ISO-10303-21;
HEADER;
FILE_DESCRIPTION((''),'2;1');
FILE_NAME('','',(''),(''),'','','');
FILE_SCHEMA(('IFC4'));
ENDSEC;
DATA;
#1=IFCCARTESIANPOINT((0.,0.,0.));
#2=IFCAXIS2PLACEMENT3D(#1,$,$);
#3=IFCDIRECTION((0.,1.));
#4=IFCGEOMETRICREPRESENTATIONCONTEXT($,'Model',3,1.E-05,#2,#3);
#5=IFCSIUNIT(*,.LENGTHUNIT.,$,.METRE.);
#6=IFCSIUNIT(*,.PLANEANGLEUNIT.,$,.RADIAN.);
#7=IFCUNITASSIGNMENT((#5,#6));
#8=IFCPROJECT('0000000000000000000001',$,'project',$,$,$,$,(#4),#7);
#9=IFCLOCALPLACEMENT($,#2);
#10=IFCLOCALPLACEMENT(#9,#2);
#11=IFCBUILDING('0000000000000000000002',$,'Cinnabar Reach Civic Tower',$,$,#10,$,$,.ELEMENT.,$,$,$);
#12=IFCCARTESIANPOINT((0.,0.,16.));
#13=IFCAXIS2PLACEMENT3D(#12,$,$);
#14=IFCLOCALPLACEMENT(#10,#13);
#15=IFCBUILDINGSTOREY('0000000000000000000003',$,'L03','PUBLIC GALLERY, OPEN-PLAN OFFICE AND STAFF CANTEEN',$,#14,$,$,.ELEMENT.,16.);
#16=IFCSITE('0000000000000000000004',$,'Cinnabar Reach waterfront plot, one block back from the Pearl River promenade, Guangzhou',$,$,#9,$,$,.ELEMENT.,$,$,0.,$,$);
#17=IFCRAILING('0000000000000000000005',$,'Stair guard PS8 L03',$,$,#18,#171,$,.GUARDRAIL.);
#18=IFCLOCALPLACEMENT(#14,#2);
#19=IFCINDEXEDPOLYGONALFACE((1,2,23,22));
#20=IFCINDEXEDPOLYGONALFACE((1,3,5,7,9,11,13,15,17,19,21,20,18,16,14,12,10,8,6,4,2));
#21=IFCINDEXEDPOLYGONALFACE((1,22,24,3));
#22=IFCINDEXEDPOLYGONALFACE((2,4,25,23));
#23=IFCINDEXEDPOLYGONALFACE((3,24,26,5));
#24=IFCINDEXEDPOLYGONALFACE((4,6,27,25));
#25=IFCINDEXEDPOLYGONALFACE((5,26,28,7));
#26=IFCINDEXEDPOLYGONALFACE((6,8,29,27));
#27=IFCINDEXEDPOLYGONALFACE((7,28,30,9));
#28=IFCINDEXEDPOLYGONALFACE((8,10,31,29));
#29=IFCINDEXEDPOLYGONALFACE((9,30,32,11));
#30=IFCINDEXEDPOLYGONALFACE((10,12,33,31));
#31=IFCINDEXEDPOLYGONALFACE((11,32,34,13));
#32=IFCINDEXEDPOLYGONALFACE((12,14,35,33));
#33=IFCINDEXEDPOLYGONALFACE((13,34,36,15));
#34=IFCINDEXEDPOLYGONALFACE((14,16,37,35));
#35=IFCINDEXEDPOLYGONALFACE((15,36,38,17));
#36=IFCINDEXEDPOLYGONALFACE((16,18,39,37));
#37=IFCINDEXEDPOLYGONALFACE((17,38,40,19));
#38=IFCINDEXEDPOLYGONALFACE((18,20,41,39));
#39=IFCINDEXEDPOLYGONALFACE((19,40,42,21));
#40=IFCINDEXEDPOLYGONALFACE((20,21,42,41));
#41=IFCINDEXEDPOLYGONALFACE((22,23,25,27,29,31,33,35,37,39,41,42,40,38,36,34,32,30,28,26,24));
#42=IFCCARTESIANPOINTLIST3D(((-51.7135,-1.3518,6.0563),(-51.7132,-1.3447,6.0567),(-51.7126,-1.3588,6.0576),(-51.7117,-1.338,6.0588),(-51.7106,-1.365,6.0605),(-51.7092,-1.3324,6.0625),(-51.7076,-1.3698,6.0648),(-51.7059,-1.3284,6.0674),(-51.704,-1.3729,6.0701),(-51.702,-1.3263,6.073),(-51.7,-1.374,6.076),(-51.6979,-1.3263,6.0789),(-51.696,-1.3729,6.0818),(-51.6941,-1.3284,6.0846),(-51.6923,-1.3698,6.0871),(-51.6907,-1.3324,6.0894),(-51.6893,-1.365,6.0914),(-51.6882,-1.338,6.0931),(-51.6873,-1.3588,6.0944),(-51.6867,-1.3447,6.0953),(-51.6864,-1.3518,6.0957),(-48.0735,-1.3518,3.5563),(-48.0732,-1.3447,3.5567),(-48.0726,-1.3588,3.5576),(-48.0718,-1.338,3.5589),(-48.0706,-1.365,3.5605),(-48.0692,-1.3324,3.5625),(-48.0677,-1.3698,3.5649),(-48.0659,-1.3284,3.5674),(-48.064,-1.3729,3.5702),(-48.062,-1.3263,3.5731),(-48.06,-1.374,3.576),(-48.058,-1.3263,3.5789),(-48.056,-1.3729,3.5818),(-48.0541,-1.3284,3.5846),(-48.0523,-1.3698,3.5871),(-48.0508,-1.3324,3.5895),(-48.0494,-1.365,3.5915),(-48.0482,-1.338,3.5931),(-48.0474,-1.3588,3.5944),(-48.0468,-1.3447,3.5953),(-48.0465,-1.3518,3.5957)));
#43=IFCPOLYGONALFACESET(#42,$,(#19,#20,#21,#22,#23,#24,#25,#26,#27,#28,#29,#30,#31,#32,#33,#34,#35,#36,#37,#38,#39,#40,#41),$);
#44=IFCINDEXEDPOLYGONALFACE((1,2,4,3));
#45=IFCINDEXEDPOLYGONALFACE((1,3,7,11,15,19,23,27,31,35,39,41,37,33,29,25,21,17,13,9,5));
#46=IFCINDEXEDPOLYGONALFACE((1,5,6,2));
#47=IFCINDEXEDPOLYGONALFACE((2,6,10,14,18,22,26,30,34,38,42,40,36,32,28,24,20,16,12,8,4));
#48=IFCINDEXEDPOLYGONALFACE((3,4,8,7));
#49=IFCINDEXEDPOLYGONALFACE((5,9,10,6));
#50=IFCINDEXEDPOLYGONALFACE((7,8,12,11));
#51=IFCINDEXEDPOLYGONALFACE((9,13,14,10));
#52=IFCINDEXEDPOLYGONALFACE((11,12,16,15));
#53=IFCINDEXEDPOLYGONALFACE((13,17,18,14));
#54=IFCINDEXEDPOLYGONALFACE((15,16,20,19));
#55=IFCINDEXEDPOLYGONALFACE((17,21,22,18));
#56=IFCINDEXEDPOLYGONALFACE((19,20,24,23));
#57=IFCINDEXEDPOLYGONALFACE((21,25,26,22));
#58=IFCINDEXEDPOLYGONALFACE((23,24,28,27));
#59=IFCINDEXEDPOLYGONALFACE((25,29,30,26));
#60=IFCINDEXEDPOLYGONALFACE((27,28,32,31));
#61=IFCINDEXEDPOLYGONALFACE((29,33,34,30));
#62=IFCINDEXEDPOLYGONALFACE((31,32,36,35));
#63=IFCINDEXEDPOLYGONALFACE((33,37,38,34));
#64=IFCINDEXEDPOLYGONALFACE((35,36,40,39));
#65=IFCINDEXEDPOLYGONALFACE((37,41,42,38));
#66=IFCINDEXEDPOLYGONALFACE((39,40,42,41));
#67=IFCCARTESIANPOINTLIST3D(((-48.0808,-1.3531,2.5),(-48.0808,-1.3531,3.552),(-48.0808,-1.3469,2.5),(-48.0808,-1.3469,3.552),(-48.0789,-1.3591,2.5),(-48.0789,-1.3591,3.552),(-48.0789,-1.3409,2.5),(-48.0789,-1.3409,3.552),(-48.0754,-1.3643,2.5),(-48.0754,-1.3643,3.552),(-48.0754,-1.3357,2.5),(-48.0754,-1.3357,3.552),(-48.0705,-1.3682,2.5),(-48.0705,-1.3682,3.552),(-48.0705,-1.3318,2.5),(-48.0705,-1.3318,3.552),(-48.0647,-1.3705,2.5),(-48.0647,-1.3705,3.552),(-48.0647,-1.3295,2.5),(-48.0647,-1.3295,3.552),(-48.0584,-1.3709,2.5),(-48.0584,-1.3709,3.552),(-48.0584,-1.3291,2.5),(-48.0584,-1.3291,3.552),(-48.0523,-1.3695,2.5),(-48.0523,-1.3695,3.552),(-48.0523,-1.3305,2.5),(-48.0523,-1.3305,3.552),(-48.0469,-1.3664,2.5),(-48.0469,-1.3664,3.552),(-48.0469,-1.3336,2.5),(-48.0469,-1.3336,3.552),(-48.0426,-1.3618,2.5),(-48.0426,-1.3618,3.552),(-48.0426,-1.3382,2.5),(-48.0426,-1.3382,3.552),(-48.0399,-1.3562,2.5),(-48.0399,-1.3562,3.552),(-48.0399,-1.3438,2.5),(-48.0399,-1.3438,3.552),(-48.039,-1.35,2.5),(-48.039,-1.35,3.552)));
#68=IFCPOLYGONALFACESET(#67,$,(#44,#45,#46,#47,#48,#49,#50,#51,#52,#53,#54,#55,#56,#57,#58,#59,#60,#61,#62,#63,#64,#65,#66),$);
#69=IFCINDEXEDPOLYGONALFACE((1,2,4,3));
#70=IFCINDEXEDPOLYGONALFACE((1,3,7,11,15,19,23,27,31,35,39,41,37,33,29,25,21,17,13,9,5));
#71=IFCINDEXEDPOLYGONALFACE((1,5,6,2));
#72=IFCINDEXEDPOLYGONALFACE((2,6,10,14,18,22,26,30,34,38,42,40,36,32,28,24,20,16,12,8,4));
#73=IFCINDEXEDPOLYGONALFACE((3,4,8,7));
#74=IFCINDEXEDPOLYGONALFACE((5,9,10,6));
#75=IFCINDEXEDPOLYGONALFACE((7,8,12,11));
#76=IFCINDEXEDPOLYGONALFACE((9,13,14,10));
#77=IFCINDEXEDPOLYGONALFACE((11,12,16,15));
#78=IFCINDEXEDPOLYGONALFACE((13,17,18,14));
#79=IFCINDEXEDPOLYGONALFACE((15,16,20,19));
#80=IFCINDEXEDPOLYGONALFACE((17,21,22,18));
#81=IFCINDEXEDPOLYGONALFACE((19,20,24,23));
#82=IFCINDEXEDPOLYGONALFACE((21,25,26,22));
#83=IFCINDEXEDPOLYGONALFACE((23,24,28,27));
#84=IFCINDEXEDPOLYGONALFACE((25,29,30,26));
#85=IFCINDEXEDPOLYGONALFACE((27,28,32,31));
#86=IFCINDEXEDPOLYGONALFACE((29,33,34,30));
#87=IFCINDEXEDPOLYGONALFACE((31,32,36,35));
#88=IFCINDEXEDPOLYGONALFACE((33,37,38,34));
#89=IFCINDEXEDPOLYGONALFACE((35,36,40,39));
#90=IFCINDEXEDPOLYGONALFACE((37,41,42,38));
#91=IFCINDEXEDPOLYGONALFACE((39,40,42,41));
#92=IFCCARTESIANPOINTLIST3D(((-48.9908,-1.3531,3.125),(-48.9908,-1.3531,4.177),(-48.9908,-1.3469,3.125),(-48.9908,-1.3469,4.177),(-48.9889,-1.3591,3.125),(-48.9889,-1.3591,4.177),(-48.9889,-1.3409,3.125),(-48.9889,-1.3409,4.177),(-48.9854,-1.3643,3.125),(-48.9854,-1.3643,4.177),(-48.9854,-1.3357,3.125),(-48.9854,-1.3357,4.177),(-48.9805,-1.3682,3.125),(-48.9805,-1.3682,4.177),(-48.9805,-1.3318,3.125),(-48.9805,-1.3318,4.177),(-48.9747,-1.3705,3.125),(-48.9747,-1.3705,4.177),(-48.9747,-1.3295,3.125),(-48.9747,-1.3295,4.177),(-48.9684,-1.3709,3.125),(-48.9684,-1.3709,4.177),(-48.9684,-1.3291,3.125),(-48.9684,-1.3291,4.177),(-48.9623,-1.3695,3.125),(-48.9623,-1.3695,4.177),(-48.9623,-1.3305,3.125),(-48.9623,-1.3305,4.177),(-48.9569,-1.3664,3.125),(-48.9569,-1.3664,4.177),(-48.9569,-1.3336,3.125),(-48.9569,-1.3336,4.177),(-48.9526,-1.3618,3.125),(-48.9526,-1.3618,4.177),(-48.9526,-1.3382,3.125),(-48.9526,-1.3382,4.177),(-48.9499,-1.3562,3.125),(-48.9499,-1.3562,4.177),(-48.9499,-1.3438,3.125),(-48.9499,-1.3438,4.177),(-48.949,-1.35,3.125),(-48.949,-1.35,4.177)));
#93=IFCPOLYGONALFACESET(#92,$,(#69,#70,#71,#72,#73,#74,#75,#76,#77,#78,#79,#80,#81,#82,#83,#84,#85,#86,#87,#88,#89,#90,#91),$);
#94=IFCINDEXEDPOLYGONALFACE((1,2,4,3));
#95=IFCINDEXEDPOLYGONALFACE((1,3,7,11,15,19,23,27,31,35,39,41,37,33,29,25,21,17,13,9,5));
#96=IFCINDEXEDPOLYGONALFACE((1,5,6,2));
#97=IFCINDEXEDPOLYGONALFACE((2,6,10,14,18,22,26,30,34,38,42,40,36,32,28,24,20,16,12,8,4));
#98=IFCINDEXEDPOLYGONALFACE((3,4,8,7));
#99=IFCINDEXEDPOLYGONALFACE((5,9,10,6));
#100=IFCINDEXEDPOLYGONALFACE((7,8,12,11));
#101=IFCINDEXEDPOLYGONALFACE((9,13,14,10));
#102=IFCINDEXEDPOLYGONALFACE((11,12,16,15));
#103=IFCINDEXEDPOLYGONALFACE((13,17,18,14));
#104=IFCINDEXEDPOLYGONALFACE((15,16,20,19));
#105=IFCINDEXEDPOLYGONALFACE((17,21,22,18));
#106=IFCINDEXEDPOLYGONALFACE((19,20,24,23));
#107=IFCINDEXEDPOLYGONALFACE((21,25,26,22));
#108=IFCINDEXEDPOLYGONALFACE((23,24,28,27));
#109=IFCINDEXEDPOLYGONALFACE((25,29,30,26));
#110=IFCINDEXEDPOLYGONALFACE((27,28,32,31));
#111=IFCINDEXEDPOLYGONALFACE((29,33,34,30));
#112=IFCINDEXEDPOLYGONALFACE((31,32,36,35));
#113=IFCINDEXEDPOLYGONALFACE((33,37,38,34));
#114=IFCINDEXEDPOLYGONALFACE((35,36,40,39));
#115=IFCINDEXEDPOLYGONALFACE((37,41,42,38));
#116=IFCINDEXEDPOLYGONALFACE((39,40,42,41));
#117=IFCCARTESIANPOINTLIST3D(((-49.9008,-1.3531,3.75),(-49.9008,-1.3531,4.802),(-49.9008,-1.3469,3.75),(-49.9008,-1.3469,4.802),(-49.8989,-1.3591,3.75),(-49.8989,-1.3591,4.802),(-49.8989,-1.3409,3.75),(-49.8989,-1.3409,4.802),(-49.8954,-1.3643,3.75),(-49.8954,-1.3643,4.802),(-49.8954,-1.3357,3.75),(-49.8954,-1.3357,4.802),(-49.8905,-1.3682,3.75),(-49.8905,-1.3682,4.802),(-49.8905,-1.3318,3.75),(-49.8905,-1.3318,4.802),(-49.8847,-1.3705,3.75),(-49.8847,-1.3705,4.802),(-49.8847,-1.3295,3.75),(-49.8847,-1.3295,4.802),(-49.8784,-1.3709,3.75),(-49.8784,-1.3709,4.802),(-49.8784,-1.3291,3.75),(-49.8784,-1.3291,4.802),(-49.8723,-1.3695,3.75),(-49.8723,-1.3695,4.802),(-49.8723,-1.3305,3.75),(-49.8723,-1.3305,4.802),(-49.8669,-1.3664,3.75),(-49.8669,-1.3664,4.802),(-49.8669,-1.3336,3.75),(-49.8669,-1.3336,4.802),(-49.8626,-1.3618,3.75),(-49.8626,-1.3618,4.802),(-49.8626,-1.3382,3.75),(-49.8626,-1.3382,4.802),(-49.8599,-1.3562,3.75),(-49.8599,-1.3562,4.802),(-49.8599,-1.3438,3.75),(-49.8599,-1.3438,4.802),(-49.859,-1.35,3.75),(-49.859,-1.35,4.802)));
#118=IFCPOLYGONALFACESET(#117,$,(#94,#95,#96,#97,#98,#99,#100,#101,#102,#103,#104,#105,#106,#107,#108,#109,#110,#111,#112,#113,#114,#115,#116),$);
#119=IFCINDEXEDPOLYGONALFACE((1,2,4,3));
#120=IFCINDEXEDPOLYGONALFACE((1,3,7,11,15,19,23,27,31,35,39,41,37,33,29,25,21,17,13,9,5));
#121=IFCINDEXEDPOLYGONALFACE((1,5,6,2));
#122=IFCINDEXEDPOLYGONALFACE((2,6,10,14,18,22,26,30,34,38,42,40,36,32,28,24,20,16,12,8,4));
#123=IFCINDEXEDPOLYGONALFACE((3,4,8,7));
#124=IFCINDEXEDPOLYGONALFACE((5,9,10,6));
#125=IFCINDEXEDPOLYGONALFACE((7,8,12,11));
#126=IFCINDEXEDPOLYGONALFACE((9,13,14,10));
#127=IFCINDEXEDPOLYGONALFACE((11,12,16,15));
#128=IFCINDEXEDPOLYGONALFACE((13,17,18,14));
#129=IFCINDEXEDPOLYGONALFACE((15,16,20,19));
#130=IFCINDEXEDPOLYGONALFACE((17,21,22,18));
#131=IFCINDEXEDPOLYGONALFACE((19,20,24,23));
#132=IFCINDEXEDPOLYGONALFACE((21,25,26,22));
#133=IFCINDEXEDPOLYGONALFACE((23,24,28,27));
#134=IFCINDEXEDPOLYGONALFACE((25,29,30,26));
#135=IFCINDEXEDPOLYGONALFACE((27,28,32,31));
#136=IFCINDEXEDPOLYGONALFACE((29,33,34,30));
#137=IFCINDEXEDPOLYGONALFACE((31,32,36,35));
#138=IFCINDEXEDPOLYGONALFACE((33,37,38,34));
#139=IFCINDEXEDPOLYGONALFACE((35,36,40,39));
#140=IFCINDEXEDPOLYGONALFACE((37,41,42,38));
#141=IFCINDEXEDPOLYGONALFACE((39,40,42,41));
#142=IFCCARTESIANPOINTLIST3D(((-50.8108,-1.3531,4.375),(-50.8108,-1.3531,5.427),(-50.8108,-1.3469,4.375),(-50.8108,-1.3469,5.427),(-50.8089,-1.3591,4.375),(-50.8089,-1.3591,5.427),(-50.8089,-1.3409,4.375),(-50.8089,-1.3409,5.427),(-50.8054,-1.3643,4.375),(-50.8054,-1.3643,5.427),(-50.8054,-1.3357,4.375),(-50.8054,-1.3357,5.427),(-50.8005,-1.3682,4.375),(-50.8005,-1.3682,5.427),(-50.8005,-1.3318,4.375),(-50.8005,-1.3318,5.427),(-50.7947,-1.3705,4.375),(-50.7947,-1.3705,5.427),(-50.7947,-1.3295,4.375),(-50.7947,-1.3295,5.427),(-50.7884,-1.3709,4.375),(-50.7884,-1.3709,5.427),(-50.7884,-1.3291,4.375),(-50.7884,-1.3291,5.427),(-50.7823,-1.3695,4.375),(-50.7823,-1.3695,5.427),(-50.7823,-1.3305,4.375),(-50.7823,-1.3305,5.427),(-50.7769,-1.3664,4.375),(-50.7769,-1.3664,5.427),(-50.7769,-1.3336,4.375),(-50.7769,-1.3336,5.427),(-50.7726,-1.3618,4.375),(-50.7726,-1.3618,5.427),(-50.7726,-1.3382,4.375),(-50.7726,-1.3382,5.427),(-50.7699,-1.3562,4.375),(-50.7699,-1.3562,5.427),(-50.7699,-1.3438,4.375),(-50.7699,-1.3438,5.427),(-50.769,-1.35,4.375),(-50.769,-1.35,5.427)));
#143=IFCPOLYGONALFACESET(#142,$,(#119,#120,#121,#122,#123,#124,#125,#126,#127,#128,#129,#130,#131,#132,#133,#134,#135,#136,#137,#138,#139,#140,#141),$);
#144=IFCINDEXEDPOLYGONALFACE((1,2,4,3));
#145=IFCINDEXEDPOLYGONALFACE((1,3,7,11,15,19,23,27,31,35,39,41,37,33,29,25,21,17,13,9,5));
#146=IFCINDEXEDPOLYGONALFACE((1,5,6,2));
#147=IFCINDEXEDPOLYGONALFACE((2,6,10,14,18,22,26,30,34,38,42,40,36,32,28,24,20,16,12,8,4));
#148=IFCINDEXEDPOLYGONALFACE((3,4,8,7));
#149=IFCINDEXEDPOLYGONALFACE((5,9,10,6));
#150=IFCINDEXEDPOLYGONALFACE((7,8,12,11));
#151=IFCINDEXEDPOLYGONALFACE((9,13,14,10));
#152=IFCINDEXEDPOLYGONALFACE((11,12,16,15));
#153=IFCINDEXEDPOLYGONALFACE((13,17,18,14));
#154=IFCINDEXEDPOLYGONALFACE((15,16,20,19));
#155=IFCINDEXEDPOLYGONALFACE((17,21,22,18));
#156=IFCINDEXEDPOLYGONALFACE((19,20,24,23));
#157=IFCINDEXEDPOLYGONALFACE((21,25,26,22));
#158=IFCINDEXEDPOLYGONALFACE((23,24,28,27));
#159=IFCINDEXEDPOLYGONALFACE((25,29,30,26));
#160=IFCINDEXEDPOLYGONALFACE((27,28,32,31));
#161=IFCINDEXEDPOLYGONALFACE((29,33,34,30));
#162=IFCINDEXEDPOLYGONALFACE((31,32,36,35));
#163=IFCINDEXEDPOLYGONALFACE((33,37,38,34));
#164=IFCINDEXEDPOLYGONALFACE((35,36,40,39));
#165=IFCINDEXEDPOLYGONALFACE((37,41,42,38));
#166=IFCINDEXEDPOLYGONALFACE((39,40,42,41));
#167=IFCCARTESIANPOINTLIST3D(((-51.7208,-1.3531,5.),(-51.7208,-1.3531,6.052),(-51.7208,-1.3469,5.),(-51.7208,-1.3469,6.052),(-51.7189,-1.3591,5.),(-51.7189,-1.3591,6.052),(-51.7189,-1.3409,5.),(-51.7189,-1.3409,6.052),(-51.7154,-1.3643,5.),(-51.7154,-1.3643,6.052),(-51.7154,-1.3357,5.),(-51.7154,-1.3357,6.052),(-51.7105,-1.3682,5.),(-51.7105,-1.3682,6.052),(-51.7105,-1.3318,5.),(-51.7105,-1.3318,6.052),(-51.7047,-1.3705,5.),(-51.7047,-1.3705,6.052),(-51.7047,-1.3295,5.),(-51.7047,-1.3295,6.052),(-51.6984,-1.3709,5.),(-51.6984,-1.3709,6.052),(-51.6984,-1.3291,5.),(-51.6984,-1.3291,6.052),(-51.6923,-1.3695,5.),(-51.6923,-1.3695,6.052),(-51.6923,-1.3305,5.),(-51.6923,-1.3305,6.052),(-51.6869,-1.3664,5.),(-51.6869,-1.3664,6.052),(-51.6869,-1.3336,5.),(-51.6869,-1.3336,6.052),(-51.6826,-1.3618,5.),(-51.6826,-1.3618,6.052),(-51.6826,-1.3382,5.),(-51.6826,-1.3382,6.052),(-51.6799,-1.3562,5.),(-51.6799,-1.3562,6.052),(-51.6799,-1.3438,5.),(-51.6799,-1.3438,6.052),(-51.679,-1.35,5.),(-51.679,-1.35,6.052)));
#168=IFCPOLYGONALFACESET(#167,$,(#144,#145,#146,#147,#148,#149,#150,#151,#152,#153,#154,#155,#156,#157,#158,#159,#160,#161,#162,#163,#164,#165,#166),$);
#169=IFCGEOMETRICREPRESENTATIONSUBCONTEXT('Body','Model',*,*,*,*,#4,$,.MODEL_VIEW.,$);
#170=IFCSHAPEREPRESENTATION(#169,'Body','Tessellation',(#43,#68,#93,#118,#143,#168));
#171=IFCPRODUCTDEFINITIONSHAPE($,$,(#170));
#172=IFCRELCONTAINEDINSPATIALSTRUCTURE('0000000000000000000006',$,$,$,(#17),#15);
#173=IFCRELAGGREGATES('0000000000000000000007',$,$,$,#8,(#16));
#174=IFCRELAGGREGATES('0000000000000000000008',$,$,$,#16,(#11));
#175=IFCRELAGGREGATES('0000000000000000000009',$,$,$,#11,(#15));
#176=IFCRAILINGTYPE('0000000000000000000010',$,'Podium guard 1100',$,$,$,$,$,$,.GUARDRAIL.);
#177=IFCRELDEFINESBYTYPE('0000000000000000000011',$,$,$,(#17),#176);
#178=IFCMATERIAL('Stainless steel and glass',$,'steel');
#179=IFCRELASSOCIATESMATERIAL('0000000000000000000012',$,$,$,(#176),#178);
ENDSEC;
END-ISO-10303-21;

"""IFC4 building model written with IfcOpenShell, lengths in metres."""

from ifc_helpers import new_model, si_unit, direction, frame, origin, origin_2d, place, context, subcontext, project, spatial, circle, extrude, material, type_object, element, save


model = new_model("IFC4")

# Units and contexts
model_context = context("Model", 3, precision=1e-05, world=origin(), true_north=direction((0.0, 1.0)))
body_context = subcontext(model_context, "Body", "Model", "MODEL_VIEW")
ifc_project = project(units=[si_unit("LENGTHUNIT", "METRE"), si_unit("PLANEANGLEUNIT", "RADIAN")], contexts=[model_context])

# Site, building, storey
site_placement = place(None, origin())
site = spatial("IfcSite", under=ifc_project, at=site_placement, Name="Cinnabar Reach waterfront plot, one block back from the Pearl River promenade, Guangzhou", CompositionType="ELEMENT", RefElevation=0.0)
building_placement = place(site_placement, origin())
building = spatial("IfcBuilding", under=site, at=building_placement, Name="Cinnabar Reach Civic Tower", CompositionType="ELEMENT")
storey_placement = place(building_placement, frame((0.0, 0.0, 16.0)))
storey = spatial("IfcBuildingStorey", under=building, at=storey_placement, Name="L03", Description="PUBLIC GALLERY, OPEN-PLAN OFFICE AND STAFF CANTEEN", CompositionType="ELEMENT", Elevation=16.0)

# Railing
ifc_material_1 = material(Name="Stainless steel and glass", Category="steel")
railing_type_1 = type_object("IfcRailingType", Name="Podium guard 1100", PredefinedType="GUARDRAIL", material=ifc_material_1)
railing_1_placement = place(storey_placement, frame((-48.06, -1.35, 2.5)))
element("IfcRailing", 1, at=railing_1_placement, inside=storey, type_object=railing_type_1, Name="Stair guard PS8 L03", PredefinedType="GUARDRAIL", context=body_context, shape_type="SweptSolid", body=[
    extrude(circle(Radius=0.024, at=origin_2d()), frame((0.0, 0.0, 1.076), z_axis=(-0.824306, 0.0, 0.566144), x_axis=(0.0, -1.0, 0.0)), (0.0, 0.0, 1.0), 4.4158),
    extrude(circle(Radius=0.021, at=origin_2d()), origin(), (0.0, 0.0, 1.0), 1.052),
    extrude(circle(Radius=0.021, at=origin_2d()), frame((-0.91, 0.0, 0.625)), (0.0, 0.0, 1.0), 1.052),
    extrude(circle(Radius=0.021, at=origin_2d()), frame((-1.82, 0.0, 1.25)), (0.0, 0.0, 1.0), 1.052),
    extrude(circle(Radius=0.021, at=origin_2d()), frame((-2.73, 0.0, 1.875)), (0.0, 0.0, 1.0), 1.052),
    extrude(circle(Radius=0.021, at=origin_2d()), frame((-3.64, 0.0, 2.5)), (0.0, 0.0, 1.0), 1.052),
])

save(model, "model.ifc")
